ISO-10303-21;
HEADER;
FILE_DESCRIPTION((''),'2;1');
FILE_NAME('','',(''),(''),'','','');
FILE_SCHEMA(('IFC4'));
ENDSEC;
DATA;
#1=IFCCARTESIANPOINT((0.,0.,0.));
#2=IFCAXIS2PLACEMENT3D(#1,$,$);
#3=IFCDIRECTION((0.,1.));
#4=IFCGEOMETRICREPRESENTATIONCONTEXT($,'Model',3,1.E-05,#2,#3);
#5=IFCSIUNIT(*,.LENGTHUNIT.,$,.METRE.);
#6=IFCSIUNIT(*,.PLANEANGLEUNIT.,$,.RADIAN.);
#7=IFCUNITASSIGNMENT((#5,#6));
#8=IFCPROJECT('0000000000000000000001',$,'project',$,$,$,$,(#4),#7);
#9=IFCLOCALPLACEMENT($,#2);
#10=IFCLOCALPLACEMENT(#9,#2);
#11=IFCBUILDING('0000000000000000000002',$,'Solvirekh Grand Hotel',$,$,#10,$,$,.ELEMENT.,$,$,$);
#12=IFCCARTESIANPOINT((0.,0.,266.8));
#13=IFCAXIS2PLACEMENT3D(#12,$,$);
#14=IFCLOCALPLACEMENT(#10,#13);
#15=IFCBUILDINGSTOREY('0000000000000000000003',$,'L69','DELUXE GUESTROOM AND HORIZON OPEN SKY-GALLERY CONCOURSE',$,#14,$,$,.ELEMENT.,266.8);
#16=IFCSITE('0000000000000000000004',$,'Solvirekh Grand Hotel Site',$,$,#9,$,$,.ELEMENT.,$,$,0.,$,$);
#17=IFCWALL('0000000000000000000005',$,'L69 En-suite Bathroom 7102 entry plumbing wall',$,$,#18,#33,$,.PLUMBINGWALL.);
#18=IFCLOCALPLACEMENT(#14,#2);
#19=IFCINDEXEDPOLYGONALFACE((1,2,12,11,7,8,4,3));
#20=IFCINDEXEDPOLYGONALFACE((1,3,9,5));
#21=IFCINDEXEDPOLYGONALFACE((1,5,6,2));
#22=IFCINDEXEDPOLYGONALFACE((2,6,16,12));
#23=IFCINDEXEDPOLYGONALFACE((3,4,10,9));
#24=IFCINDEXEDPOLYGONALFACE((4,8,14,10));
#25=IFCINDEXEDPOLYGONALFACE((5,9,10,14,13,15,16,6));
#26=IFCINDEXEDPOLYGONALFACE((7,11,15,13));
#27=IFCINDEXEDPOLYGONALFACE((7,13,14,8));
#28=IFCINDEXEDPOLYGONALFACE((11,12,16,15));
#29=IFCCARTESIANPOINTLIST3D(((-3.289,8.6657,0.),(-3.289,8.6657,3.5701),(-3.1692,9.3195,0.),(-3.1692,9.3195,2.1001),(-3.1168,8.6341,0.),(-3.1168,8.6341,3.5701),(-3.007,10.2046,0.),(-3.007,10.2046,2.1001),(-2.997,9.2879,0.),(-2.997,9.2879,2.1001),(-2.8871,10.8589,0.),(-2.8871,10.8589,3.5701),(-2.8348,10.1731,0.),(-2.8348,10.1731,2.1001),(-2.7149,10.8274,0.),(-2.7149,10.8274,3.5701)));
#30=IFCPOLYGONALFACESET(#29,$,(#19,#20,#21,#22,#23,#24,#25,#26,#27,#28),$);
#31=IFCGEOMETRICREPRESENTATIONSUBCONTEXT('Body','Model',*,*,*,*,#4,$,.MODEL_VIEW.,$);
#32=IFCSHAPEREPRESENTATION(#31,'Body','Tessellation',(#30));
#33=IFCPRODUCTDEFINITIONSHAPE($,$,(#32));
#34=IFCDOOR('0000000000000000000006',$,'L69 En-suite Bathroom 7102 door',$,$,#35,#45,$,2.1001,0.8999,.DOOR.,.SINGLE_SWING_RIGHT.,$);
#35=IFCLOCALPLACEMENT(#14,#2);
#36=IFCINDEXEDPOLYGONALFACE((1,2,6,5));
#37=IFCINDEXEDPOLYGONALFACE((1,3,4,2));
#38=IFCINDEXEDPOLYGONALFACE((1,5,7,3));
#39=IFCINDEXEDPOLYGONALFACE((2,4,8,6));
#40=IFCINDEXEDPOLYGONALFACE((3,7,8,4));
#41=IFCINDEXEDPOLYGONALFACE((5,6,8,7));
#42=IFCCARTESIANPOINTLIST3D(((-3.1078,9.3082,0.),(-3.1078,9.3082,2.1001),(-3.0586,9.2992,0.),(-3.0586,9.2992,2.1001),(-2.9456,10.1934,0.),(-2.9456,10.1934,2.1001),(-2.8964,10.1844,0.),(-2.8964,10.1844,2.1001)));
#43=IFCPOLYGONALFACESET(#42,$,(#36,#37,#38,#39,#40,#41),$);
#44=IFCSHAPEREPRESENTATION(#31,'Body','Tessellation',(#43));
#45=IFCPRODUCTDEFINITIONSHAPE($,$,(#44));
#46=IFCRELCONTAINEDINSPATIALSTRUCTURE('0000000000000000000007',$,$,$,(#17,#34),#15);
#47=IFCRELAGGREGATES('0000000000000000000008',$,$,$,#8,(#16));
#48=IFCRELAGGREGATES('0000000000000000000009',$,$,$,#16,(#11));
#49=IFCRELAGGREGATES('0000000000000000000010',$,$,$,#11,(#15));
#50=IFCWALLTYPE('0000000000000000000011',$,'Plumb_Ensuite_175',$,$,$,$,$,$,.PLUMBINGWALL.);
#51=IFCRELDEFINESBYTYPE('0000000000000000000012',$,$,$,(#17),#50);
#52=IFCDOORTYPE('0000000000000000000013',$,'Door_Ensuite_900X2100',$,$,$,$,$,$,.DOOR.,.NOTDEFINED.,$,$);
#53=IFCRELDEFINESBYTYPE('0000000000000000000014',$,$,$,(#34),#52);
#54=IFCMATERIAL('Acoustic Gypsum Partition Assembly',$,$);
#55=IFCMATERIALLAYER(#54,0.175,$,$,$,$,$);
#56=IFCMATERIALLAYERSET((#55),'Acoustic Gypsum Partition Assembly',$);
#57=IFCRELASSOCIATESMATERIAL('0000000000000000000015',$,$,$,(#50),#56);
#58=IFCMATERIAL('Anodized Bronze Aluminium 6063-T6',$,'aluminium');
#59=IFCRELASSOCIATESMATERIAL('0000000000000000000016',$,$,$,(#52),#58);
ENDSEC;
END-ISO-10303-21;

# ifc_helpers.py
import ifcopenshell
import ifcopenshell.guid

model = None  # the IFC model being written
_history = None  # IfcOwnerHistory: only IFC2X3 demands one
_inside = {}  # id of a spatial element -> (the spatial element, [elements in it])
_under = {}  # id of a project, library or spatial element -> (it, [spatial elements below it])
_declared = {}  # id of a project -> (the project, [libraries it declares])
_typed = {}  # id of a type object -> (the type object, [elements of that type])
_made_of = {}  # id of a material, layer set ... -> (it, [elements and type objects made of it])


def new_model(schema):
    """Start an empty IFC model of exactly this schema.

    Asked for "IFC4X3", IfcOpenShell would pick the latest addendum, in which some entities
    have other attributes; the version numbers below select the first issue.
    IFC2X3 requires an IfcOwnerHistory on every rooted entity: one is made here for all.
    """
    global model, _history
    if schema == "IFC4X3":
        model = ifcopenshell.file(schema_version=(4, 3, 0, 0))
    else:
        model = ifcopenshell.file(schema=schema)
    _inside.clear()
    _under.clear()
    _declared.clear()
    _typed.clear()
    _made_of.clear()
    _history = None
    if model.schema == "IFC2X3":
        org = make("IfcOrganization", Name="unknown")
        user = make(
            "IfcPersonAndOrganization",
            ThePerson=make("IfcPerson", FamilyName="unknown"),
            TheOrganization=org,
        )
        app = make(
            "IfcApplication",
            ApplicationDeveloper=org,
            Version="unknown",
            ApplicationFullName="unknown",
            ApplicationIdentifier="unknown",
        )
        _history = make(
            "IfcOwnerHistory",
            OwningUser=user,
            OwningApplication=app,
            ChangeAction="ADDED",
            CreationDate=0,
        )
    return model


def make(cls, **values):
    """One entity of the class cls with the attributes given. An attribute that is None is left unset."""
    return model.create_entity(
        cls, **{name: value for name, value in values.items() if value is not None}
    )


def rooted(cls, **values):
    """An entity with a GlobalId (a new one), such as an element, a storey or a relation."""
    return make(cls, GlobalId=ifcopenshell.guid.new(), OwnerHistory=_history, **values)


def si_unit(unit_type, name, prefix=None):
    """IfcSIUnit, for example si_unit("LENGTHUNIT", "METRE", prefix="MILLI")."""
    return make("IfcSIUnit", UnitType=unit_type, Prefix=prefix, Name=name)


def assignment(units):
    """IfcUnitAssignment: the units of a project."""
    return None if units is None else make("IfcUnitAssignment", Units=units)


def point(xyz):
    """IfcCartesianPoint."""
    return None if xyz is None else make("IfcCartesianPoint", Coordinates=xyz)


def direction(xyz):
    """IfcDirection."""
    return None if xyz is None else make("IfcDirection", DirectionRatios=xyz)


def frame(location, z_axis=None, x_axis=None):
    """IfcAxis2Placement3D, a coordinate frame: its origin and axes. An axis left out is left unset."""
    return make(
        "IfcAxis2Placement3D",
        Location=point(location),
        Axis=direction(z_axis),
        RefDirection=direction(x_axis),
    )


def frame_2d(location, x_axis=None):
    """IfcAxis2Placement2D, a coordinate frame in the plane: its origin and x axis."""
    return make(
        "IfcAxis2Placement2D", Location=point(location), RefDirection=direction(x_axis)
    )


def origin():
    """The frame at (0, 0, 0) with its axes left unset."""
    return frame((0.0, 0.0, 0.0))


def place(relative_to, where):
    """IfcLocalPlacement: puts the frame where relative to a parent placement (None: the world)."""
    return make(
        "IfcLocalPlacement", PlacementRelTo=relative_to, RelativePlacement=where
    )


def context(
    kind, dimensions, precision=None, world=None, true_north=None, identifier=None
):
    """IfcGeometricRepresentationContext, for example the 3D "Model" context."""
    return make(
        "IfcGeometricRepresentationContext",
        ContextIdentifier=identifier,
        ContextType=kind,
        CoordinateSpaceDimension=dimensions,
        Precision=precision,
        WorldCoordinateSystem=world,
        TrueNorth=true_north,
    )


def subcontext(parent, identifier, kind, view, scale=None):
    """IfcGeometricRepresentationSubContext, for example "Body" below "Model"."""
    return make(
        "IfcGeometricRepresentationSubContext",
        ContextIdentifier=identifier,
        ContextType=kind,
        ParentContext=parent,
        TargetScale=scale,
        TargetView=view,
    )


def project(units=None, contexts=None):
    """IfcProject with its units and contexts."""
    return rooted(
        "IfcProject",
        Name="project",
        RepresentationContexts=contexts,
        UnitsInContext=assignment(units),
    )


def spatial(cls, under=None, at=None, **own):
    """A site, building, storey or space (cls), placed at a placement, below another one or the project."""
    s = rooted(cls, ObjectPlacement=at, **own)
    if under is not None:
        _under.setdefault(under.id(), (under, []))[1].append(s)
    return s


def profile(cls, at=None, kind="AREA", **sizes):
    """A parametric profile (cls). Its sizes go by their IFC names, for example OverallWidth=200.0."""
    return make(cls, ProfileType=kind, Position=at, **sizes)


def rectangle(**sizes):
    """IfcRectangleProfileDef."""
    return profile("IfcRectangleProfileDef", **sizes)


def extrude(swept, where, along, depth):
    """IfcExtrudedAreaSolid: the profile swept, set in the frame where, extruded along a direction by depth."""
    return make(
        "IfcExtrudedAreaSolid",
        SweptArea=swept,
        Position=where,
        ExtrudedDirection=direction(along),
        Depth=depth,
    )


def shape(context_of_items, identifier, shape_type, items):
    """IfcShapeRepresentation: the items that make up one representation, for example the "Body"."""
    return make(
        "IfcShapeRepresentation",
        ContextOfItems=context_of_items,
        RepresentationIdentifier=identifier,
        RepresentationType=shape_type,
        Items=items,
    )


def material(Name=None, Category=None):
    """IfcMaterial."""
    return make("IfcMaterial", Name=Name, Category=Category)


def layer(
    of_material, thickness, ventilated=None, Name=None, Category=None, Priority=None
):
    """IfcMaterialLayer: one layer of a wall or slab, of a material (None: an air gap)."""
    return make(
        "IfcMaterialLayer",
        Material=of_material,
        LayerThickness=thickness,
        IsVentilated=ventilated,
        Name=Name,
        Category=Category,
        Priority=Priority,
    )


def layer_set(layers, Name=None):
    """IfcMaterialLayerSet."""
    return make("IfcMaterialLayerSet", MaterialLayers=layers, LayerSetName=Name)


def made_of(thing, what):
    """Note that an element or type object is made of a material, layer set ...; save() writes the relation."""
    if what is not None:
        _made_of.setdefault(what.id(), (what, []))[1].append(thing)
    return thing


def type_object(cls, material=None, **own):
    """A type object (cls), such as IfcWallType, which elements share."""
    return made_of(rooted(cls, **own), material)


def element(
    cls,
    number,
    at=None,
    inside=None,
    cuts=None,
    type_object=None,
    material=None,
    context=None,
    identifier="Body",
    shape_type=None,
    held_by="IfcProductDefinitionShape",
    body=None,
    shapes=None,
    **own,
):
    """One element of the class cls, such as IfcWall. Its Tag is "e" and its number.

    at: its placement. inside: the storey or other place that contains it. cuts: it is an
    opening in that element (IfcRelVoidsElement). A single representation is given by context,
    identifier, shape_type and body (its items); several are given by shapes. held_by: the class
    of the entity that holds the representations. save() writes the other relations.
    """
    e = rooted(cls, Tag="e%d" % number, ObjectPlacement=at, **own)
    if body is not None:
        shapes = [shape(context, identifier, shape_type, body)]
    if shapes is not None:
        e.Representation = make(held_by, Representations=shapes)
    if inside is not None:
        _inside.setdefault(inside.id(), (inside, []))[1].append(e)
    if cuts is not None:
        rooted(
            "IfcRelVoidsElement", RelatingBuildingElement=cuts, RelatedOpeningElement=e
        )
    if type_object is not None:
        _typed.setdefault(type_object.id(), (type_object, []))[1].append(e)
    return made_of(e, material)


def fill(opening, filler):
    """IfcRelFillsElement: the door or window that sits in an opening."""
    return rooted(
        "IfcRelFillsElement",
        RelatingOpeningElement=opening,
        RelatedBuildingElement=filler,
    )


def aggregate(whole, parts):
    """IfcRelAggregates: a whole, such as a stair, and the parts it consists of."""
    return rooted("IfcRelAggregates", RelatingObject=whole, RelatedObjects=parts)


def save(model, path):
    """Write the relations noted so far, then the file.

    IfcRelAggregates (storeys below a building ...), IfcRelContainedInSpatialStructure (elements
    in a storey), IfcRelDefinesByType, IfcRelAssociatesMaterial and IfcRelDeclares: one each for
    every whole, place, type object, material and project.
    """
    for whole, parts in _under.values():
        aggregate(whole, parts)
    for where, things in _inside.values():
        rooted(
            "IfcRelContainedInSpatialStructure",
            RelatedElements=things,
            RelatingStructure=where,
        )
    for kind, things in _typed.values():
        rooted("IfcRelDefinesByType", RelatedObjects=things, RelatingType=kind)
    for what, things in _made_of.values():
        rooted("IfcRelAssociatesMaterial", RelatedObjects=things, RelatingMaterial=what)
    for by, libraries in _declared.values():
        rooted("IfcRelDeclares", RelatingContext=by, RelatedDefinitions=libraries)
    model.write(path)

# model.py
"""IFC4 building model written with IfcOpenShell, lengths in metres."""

from ifc_helpers import new_model, si_unit, direction, frame, frame_2d, origin, place, context, subcontext, project, spatial, rectangle, extrude, material, layer, layer_set, type_object, element, fill, save


model = new_model("IFC4")

# Units and contexts
model_context = context("Model", 3, precision=1e-05, world=origin(), true_north=direction((0.0, 1.0)))
body_context = subcontext(model_context, "Body", "Model", "MODEL_VIEW")
ifc_project = project(units=[si_unit("LENGTHUNIT", "METRE"), si_unit("PLANEANGLEUNIT", "RADIAN")], contexts=[model_context])

# Site, building, storey
site_placement = place(None, origin())
site = spatial("IfcSite", under=ifc_project, at=site_placement, Name="Solvirekh Grand Hotel Site", CompositionType="ELEMENT", RefElevation=0.0)
building_placement = place(site_placement, origin())
building = spatial("IfcBuilding", under=site, at=building_placement, Name="Solvirekh Grand Hotel", CompositionType="ELEMENT")
storey_placement = place(building_placement, frame((0.0, 0.0, 266.8)))
storey = spatial("IfcBuildingStorey", under=building, at=storey_placement, Name="L69", Description="DELUXE GUESTROOM AND HORIZON OPEN SKY-GALLERY CONCOURSE", CompositionType="ELEMENT", Elevation=266.8)

# Shared definitions
ifc_material_1 = material(Name="Anodized Bronze Aluminium 6063-T6", Category="aluminium")

# Shared definitions
ifc_material_2 = material(Name="Acoustic Gypsum Partition Assembly")

# Shared definitions
ifc_layer_1 = layer(ifc_material_2, 0.175)
ifc_layer_set_1 = layer_set([ifc_layer_1], Name="Acoustic Gypsum Partition Assembly")
wall_type_1 = type_object("IfcWallType", Name="Plumb_Ensuite_175", PredefinedType="PLUMBINGWALL", material=ifc_layer_set_1)

# Wall, opening, door
wall_1_placement = place(storey_placement, frame((-2.801, 10.843, 0.0), z_axis=(0.0, 0.0, 1.0), x_axis=(-0.180234, -0.983624, 0.0)))
wall_1 = element("IfcWall", 1, at=wall_1_placement, inside=storey, type_object=wall_type_1, Name="L69 En-suite Bathroom 7102 entry plumbing wall", PredefinedType="PLUMBINGWALL", context=body_context, shape_type="SweptSolid", body=[
    extrude(rectangle(XDim=2.2297, YDim=0.175, at=frame_2d((1.1147, 0.0))), origin(), (0.0, 0.0, 1.0), 3.5701),
])
opening_1_placement = place(wall_1_placement, frame((0.665, 0.0, 0.0)))
opening_1 = element("IfcOpeningElement", 2, at=opening_1_placement, cuts=wall_1, PredefinedType="OPENING", context=body_context, shape_type="SweptSolid", body=[
    extrude(rectangle(XDim=0.8999, YDim=2.1001, at=frame_2d((0.45, 1.05))), frame((0.0, 0.0977, 0.0), z_axis=(0.0, -1.0, 0.0), x_axis=(1.0, 0.0, 0.0)), (0.0, 0.0, 1.0), 0.1951),
])
door_type_1 = type_object("IfcDoorType", Name="Door_Ensuite_900X2100", OperationType="NOTDEFINED", PredefinedType="DOOR", material=ifc_material_1)
door_1_placement = place(opening_1_placement, origin())
door_1 = element("IfcDoor", 3, at=door_1_placement, inside=storey, type_object=door_type_1, Name="L69 En-suite Bathroom 7102 door", OperationType="SINGLE_SWING_RIGHT", OverallHeight=2.1001, OverallWidth=0.8999, PredefinedType="DOOR", context=body_context, shape_type="SweptSolid", body=[
    extrude(rectangle(XDim=0.8999, YDim=2.1001, at=frame_2d((0.45, 1.05))), frame((0.0, 0.0249, 0.0), z_axis=(0.0, -1.0, 0.0), x_axis=(1.0, 0.0, 0.0)), (0.0, 0.0, 1.0), 0.05),
])
fill(opening_1, door_1)

save(model, "model.ifc")
